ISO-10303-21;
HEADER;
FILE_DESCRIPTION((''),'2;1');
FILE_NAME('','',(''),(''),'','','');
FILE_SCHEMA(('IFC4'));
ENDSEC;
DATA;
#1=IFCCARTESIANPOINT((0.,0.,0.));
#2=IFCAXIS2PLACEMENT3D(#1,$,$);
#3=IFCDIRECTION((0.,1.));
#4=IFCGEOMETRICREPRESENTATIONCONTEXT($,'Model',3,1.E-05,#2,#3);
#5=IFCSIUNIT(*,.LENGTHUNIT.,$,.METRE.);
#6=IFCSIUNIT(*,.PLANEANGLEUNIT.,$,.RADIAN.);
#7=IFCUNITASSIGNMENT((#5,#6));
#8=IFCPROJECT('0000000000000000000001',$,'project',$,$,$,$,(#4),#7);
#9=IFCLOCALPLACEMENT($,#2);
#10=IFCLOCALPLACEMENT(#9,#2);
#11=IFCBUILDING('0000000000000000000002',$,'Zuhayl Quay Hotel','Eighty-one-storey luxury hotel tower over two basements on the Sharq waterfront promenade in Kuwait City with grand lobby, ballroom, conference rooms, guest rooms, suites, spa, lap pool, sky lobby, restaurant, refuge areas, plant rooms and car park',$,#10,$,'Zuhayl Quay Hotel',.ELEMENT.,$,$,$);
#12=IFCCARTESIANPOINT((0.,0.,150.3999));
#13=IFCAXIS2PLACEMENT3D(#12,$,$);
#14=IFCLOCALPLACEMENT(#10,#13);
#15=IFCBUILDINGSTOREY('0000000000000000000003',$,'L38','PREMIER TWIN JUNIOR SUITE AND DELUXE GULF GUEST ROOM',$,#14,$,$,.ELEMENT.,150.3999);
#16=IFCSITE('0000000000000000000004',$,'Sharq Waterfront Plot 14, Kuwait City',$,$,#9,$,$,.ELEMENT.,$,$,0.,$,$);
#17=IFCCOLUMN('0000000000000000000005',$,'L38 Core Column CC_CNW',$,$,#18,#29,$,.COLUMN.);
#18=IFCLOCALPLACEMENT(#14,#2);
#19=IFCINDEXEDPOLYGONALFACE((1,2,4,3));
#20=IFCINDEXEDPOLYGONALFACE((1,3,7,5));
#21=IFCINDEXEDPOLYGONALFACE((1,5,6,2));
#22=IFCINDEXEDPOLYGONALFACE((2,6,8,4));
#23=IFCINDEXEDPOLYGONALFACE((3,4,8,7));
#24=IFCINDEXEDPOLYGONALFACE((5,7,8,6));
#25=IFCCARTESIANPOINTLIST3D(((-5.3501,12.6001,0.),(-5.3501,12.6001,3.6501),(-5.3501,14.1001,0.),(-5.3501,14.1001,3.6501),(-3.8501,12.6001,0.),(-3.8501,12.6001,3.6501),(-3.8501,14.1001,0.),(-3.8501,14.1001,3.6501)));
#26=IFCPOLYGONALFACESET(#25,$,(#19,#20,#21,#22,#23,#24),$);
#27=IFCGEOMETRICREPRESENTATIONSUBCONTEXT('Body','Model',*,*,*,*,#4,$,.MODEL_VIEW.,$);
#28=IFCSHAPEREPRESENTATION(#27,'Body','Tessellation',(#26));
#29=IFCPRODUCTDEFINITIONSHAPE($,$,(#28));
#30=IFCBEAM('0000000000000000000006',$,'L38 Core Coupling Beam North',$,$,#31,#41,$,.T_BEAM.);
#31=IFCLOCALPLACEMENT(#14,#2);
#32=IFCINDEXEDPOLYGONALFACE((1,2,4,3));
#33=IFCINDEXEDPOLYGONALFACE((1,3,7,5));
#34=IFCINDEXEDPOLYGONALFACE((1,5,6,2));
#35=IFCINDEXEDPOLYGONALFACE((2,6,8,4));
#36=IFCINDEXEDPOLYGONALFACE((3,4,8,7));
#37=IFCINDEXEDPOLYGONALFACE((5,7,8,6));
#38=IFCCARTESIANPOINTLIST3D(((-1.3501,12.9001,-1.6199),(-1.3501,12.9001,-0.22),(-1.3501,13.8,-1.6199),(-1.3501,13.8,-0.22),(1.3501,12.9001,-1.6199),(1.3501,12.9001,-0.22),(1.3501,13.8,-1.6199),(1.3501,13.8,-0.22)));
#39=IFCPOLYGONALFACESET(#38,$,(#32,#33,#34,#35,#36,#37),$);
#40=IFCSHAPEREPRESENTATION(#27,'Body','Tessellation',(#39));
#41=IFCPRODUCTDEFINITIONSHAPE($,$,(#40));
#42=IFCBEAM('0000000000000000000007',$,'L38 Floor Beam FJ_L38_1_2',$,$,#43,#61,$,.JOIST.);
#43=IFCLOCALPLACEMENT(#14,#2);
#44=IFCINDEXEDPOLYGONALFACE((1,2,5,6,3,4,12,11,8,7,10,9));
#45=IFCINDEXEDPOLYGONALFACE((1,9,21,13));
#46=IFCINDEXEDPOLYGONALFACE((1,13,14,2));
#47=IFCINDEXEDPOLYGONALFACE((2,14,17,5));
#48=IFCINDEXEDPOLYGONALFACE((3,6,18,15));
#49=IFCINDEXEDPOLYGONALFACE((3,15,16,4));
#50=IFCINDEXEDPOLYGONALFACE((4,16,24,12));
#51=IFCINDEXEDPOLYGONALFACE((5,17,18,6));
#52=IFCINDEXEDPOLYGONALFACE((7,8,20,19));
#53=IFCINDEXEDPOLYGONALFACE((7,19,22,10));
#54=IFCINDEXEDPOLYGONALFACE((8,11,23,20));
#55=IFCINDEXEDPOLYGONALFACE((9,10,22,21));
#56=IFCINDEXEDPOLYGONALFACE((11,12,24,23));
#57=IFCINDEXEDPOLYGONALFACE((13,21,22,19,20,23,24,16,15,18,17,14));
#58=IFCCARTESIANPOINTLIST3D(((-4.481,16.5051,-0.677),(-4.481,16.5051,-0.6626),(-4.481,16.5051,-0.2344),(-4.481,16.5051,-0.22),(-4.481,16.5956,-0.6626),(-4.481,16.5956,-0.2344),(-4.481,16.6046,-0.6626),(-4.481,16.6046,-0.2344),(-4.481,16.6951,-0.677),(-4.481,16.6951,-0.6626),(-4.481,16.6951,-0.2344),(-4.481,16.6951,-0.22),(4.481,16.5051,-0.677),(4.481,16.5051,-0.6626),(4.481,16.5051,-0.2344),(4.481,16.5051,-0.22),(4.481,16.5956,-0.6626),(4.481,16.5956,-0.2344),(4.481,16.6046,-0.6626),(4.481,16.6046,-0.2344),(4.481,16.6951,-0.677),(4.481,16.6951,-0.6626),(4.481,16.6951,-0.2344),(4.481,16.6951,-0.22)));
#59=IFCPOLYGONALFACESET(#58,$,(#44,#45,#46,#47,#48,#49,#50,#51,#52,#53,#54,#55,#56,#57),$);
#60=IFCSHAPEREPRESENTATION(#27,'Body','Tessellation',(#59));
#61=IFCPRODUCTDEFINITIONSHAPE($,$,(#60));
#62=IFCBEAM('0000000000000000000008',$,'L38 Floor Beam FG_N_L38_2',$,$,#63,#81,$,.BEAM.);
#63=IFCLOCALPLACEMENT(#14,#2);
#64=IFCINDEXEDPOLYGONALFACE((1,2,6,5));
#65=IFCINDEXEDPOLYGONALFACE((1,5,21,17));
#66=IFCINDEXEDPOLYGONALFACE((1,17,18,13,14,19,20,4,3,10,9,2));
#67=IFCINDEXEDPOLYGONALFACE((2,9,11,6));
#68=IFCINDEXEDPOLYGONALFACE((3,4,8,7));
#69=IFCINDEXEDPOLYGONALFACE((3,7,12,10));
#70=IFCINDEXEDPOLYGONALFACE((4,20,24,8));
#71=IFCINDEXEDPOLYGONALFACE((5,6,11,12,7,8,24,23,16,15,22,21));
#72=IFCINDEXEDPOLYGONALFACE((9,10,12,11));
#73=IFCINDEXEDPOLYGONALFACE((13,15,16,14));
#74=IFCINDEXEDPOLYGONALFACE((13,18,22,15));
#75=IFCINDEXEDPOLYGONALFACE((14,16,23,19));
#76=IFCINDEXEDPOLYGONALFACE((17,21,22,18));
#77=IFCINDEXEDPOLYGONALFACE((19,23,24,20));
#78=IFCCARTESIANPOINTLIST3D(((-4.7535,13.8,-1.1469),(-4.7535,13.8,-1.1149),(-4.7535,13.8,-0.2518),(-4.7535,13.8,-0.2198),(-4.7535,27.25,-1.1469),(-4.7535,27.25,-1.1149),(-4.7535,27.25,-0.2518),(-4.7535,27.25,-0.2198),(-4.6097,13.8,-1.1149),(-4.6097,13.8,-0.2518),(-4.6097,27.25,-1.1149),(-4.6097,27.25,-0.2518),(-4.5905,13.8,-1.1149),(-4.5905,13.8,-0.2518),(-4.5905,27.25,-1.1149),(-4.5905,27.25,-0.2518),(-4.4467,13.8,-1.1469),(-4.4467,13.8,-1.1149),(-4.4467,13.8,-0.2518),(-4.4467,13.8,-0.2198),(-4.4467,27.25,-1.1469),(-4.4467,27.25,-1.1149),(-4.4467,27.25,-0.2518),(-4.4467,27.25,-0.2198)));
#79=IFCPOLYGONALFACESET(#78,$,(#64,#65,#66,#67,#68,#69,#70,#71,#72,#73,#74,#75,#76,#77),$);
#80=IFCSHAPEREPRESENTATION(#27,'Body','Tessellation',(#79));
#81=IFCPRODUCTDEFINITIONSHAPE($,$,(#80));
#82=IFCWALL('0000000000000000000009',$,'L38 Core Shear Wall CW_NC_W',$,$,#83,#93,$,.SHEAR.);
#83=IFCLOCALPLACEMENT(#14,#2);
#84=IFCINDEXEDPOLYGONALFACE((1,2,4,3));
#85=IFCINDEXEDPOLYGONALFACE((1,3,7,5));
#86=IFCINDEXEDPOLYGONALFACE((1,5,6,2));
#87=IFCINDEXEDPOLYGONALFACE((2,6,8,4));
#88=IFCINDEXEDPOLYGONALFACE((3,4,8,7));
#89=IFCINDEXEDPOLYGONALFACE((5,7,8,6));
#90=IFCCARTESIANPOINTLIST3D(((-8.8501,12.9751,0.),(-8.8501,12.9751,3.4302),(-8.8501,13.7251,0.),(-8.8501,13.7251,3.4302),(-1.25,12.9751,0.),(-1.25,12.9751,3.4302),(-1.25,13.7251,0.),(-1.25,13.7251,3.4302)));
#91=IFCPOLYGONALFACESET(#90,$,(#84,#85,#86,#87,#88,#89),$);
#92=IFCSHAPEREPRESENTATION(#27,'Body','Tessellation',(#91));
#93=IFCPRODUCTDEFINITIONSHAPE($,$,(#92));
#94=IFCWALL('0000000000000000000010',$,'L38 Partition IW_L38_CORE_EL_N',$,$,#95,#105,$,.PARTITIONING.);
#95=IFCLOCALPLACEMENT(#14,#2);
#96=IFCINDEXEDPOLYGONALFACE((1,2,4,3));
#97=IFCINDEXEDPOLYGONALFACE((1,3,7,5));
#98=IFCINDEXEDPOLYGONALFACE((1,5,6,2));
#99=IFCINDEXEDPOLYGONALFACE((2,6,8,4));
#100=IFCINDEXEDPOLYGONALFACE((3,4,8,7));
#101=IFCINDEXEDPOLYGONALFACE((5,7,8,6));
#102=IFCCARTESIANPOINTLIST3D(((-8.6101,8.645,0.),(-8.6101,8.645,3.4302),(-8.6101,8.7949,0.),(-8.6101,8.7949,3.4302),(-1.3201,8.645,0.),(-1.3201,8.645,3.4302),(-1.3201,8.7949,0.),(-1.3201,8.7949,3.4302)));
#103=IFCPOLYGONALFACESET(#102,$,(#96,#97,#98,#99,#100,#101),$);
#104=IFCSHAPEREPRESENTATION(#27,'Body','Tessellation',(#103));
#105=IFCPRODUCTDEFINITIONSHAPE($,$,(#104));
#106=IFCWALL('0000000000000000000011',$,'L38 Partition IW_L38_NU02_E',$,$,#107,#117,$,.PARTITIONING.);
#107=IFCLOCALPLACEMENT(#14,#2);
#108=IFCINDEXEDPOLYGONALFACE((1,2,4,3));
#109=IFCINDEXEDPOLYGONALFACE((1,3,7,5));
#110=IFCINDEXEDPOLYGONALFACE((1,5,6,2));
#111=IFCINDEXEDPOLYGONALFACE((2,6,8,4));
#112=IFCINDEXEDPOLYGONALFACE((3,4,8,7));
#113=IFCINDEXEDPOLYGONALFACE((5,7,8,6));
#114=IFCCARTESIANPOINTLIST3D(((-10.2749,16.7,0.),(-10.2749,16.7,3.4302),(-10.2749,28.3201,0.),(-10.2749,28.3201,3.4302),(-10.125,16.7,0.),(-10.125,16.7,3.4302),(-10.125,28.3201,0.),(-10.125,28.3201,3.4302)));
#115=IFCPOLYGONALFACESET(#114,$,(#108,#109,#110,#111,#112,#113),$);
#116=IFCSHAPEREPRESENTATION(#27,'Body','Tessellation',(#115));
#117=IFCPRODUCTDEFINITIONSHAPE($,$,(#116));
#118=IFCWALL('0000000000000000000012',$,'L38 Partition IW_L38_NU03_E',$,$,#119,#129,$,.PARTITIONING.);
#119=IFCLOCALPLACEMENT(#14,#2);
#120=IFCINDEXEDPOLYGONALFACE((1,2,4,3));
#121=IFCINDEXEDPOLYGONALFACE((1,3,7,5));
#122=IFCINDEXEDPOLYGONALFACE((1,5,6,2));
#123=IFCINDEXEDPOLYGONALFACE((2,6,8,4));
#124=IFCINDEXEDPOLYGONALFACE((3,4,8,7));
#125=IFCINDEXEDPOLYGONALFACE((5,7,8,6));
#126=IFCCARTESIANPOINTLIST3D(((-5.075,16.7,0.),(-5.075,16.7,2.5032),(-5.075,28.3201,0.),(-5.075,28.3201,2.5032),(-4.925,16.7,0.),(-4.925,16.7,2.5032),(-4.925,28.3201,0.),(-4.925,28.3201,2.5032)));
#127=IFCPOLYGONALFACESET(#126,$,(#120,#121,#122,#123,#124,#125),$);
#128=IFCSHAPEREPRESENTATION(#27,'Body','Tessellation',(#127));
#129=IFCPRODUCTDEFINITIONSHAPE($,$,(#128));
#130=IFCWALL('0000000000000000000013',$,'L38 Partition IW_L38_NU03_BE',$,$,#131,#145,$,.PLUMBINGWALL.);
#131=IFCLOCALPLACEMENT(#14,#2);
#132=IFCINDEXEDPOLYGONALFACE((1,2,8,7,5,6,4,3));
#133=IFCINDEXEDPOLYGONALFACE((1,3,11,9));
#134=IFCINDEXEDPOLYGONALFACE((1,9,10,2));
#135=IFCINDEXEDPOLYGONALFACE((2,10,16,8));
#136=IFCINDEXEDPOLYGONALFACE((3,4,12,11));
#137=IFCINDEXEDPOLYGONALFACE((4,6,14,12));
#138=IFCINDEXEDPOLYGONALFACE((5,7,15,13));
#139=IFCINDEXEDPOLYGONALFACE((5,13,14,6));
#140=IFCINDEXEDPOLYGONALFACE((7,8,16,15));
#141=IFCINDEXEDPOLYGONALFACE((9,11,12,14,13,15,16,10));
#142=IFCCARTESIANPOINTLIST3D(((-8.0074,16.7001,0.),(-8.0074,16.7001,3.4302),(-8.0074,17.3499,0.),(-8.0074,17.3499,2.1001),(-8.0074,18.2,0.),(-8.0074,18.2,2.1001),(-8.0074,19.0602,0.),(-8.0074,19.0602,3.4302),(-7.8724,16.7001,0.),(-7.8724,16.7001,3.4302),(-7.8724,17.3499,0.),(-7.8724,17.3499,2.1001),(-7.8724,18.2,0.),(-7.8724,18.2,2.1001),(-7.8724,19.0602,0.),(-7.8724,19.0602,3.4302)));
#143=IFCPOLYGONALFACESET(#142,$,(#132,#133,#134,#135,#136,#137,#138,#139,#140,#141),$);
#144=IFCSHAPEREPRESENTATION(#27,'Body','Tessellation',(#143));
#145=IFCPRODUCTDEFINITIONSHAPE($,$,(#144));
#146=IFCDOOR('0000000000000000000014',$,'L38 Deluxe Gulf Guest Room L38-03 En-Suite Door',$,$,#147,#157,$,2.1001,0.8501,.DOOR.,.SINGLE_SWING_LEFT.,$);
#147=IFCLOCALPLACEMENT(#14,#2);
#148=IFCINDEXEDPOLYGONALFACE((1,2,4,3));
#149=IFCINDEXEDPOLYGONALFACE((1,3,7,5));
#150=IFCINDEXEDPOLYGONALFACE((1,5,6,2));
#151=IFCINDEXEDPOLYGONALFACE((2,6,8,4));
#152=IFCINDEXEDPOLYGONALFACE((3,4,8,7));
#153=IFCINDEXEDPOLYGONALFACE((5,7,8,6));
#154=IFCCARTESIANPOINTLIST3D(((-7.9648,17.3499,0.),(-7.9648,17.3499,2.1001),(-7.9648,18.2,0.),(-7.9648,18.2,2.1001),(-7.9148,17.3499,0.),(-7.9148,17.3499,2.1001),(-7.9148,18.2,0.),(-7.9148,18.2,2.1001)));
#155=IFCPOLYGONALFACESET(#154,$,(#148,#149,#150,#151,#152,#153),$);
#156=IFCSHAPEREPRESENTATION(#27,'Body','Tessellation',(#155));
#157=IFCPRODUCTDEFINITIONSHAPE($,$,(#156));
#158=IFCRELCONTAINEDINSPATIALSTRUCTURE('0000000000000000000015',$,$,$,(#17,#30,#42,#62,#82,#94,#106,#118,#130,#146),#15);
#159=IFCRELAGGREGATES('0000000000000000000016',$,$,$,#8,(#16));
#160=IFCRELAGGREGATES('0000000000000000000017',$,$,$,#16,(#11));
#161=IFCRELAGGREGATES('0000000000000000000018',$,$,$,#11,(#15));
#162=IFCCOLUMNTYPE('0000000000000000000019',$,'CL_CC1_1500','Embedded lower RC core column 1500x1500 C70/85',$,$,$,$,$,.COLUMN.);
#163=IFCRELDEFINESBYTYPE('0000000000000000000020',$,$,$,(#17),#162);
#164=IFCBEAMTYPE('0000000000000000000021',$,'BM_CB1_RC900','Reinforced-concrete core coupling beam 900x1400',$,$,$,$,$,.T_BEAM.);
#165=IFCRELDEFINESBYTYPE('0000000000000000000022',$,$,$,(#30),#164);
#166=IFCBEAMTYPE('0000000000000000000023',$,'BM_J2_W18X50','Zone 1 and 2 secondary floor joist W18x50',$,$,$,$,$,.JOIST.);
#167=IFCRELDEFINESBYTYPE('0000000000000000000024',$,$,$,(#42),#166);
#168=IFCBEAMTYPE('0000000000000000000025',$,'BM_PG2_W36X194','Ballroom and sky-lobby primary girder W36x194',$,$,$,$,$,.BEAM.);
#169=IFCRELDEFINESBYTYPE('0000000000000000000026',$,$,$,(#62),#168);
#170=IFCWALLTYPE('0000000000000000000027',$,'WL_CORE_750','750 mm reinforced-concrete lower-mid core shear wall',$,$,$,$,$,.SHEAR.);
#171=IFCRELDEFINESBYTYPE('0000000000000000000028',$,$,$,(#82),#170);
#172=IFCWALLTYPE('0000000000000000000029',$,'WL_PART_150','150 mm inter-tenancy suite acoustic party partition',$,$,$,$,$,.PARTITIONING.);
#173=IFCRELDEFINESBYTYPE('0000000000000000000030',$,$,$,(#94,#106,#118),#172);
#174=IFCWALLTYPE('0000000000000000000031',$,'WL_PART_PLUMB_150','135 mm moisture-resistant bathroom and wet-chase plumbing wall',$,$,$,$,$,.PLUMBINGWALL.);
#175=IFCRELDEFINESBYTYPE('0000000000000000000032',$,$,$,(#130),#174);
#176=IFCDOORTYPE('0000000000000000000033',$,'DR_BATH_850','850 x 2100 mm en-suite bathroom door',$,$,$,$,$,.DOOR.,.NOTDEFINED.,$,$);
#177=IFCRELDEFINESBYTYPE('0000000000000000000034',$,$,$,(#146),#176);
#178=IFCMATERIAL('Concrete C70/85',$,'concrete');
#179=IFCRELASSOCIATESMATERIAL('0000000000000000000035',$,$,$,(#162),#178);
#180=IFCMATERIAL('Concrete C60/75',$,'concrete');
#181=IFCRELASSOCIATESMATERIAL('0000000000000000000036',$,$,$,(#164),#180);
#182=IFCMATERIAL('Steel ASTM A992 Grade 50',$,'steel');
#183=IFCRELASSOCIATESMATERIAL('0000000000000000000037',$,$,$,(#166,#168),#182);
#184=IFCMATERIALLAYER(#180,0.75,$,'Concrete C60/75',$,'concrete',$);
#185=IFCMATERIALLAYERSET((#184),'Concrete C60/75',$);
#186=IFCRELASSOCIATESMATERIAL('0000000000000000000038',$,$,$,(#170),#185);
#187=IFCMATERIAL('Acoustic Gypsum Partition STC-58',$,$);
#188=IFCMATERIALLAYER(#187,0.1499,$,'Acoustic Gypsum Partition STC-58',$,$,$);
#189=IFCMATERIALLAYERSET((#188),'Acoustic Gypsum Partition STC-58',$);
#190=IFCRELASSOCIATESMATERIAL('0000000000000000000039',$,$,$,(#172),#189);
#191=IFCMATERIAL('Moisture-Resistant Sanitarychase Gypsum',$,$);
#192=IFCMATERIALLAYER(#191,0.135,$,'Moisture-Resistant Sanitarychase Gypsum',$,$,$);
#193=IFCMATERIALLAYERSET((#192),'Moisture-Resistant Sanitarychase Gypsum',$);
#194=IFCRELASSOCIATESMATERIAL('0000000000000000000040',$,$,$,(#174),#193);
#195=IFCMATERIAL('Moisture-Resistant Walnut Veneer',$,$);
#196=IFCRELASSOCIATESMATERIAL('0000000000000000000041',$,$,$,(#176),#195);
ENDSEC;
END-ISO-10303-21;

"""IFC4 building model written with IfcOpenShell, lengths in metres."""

from ifc_helpers import new_model, si_unit, direction, frame, frame_2d, origin, origin_2d, place, context, subcontext, project, spatial, rectangle, i_section, extrude, material, layer, layer_set, material_profile, profile_set, type_object, element, fill, save


model = new_model("IFC4")

# Units and contexts
model_context = context("Model", 3, precision=1e-05, world=origin(), true_north=direction((0.0, 1.0)))
body_context = subcontext(model_context, "Body", "Model", "MODEL_VIEW")
ifc_project = project(units=[si_unit("LENGTHUNIT", "METRE"), si_unit("PLANEANGLEUNIT", "RADIAN")], contexts=[model_context])

# Site, building, storey
site_placement = place(None, origin())
site = spatial("IfcSite", under=ifc_project, at=site_placement, Name="Sharq Waterfront Plot 14, Kuwait City", CompositionType="ELEMENT", RefElevation=0.0)
building_placement = place(site_placement, origin())
building = spatial("IfcBuilding", under=site, at=building_placement, Name="Zuhayl Quay Hotel", Description="Eighty-one-storey luxury hotel tower over two basements on the Sharq waterfront promenade in Kuwait City with grand lobby, ballroom, conference rooms, guest rooms, suites, spa, lap pool, sky lobby, restaurant, refuge areas, plant rooms and car park", LongName="Zuhayl Quay Hotel", CompositionType="ELEMENT")
storey_placement = place(building_placement, frame((0.0, 0.0, 150.3999)))
storey = spatial("IfcBuildingStorey", under=building, at=storey_placement, Name="L38", Description="PREMIER TWIN JUNIOR SUITE AND DELUXE GULF GUEST ROOM", CompositionType="ELEMENT", Elevation=150.3999)

# Column
ifc_material_1 = material(Name="Concrete C70/85", Category="concrete")
ifc_material_profile_1 = material_profile(ifc_material_1, rectangle(XDim=1.5, YDim=1.5, at=origin_2d()), Name="RC1500X1500")
ifc_profile_set_1 = profile_set([ifc_material_profile_1], Name="Concrete C70/85")
column_type = type_object("IfcColumnType", Name="CL_CC1_1500", Description="Embedded lower RC core column 1500x1500 C70/85", PredefinedType="COLUMN", material=ifc_profile_set_1)
column_placement = place(storey_placement, frame((-4.6001, 13.3501, 0.0), z_axis=(0.0, 0.0, 1.0), x_axis=(1.0, 0.0, 0.0)))
element("IfcColumn", 1, at=column_placement, inside=storey, type_object=column_type, Name="L38 Core Column CC_CNW", PredefinedType="COLUMN", context=body_context, shape_type="SweptSolid", body=[
    extrude(rectangle(XDim=1.5, YDim=1.5, at=origin_2d()), origin(), (0.0, 0.0, 1.0), 3.6501),
])

# Beams
ifc_material_2 = material(Name="Concrete C60/75", Category="concrete")
ifc_material_profile_2 = material_profile(ifc_material_2, rectangle(XDim=0.8999, YDim=1.3999, at=origin_2d()), Name="RC900X1400")
ifc_profile_set_2 = profile_set([ifc_material_profile_2], Name="Concrete C60/75")
beam_type_1 = type_object("IfcBeamType", Name="BM_CB1_RC900", Description="Reinforced-concrete core coupling beam 900x1400", PredefinedType="T_BEAM", material=ifc_profile_set_2)
beam_1_placement = place(storey_placement, frame((-1.3501, 13.3501, -0.9199), z_axis=(1.0, 0.0, 0.0), x_axis=(0.0, 1.0, 0.0)))
element("IfcBeam", 2, at=beam_1_placement, inside=storey, type_object=beam_type_1, Name="L38 Core Coupling Beam North", PredefinedType="T_BEAM", context=body_context, shape_type="SweptSolid", body=[
    extrude(rectangle(XDim=0.8999, YDim=1.3999, at=origin_2d()), origin(), (0.0, 0.0, 1.0), 2.7002),
])
ifc_material_3 = material(Name="Steel ASTM A992 Grade 50", Category="steel")
ifc_material_profile_3 = material_profile(ifc_material_3, i_section(OverallWidth=0.1899, OverallDepth=0.457, WebThickness=0.009, FlangeThickness=0.0144, at=origin_2d()), Name="W18X50")
ifc_profile_set_3 = profile_set([ifc_material_profile_3], Name="Steel ASTM A992 Grade 50")
beam_type_2 = type_object("IfcBeamType", Name="BM_J2_W18X50", Description="Zone 1 and 2 secondary floor joist W18x50", PredefinedType="JOIST", material=ifc_profile_set_3)
beam_2_placement = place(storey_placement, frame((-4.481, 16.6001, -0.4485), z_axis=(1.0, 0.0, 0.0), x_axis=(0.0, 1.0, 0.0)))
element("IfcBeam", 3, at=beam_2_placement, inside=storey, type_object=beam_type_2, Name="L38 Floor Beam FJ_L38_1_2", PredefinedType="JOIST", context=body_context, shape_type="SweptSolid", body=[
    extrude(i_section(OverallWidth=0.1899, OverallDepth=0.457, WebThickness=0.009, FlangeThickness=0.0144, at=origin_2d()), origin(), (0.0, 0.0, 1.0), 8.9619),
])
ifc_material_profile_4 = material_profile(ifc_material_3, i_section(OverallWidth=0.3069, OverallDepth=0.927, WebThickness=0.0193, FlangeThickness=0.032, at=origin_2d()), Name="W36X194")
ifc_profile_set_4 = profile_set([ifc_material_profile_4], Name="Steel ASTM A992 Grade 50")
beam_type_3 = type_object("IfcBeamType", Name="BM_PG2_W36X194", Description="Ballroom and sky-lobby primary girder W36x194", PredefinedType="BEAM", material=ifc_profile_set_4)
beam_3_placement = place(storey_placement, frame((-4.6001, 13.8, -0.6833), z_axis=(0.0, 1.0, 0.0), x_axis=(-1.0, 0.0, 0.0)))
element("IfcBeam", 4, at=beam_3_placement, inside=storey, type_object=beam_type_3, Name="L38 Floor Beam FG_N_L38_2", PredefinedType="BEAM", context=body_context, shape_type="SweptSolid", body=[
    extrude(i_section(OverallWidth=0.3069, OverallDepth=0.927, WebThickness=0.0193, FlangeThickness=0.032, at=origin_2d()), origin(), (0.0, 0.0, 1.0), 13.45),
])

# Walls
ifc_layer_1 = layer(ifc_material_2, 0.75, Name="Concrete C60/75", Category="concrete")
ifc_layer_set_1 = layer_set([ifc_layer_1], Name="Concrete C60/75")
wall_type_1 = type_object("IfcWallType", Name="WL_CORE_750", Description="750 mm reinforced-concrete lower-mid core shear wall", PredefinedType="SHEAR", material=ifc_layer_set_1)
wall_1_placement = place(storey_placement, frame((-8.8501, 13.3501, 0.0), z_axis=(0.0, 0.0, 1.0), x_axis=(1.0, 0.0, 0.0)))
element("IfcWall", 5, at=wall_1_placement, inside=storey, type_object=wall_type_1, Name="L38 Core Shear Wall CW_NC_W", PredefinedType="SHEAR", context=body_context, shape_type="SweptSolid", body=[
    extrude(rectangle(XDim=7.6001, YDim=0.75, at=frame_2d((3.8, 0.0))), origin(), (0.0, 0.0, 1.0), 3.4302),
])
ifc_material_4 = material(Name="Acoustic Gypsum Partition STC-58")
ifc_layer_2 = layer(ifc_material_4, 0.1499, Name="Acoustic Gypsum Partition STC-58")
ifc_layer_set_2 = layer_set([ifc_layer_2], Name="Acoustic Gypsum Partition STC-58")
wall_type_2 = type_object("IfcWallType", Name="WL_PART_150", Description="150 mm inter-tenancy suite acoustic party partition", PredefinedType="PARTITIONING", material=ifc_layer_set_2)
wall_2_placement = place(storey_placement, frame((-8.6101, 8.72, 0.0), z_axis=(0.0, 0.0, 1.0), x_axis=(1.0, 0.0, 0.0)))
element("IfcWall", 6, at=wall_2_placement, inside=storey, type_object=wall_type_2, Name="L38 Partition IW_L38_CORE_EL_N", PredefinedType="PARTITIONING", context=body_context, shape_type="SweptSolid", body=[
    extrude(rectangle(XDim=7.29, YDim=0.1499, at=frame_2d((3.645, 0.0))), origin(), (0.0, 0.0, 1.0), 3.4302),
])
wall_3_placement = place(storey_placement, frame((-10.2, 16.7, 0.0), z_axis=(0.0, 0.0, 1.0), x_axis=(0.0, 1.0, 0.0)))
element("IfcWall", 7, at=wall_3_placement, inside=storey, type_object=wall_type_2, Name="L38 Partition IW_L38_NU02_E", PredefinedType="PARTITIONING", context=body_context, shape_type="SweptSolid", body=[
    extrude(rectangle(XDim=11.6201, YDim=0.1499, at=frame_2d((5.8101, 0.0))), origin(), (0.0, 0.0, 1.0), 3.4302),
])
wall_4_placement = place(storey_placement, frame((-5.0, 16.7, 0.0), z_axis=(0.0, 0.0, 1.0), x_axis=(0.0, 1.0, 0.0)))
element("IfcWall", 8, at=wall_4_placement, inside=storey, type_object=wall_type_2, Name="L38 Partition IW_L38_NU03_E", PredefinedType="PARTITIONING", context=body_context, shape_type="SweptSolid", body=[
    extrude(rectangle(XDim=11.6201, YDim=0.1499, at=frame_2d((5.8101, 0.0))), origin(), (0.0, 0.0, 1.0), 2.5032),
])

# Wall, opening, door
ifc_material_5 = material(Name="Moisture-Resistant Sanitarychase Gypsum")
ifc_layer_3 = layer(ifc_material_5, 0.135, Name="Moisture-Resistant Sanitarychase Gypsum")
ifc_layer_set_3 = layer_set([ifc_layer_3], Name="Moisture-Resistant Sanitarychase Gypsum")
wall_type_3 = type_object("IfcWallType", Name="WL_PART_PLUMB_150", Description="135 mm moisture-resistant bathroom and wet-chase plumbing wall", PredefinedType="PLUMBINGWALL", material=ifc_layer_set_3)
wall_5_placement = place(storey_placement, frame((-7.9399, 16.7, 0.0), z_axis=(0.0, 0.0, 1.0), x_axis=(0.0, 1.0, 0.0)))
wall_5 = element("IfcWall", 9, at=wall_5_placement, inside=storey, type_object=wall_type_3, Name="L38 Partition IW_L38_NU03_BE", PredefinedType="PLUMBINGWALL", context=body_context, shape_type="SweptSolid", body=[
    extrude(rectangle(XDim=2.3601, YDim=0.135, at=frame_2d((1.1802, 0.0))), origin(), (0.0, 0.0, 1.0), 3.4302),
])
opening_1_placement = place(wall_5_placement, frame((0.6499, 0.0, 0.0)))
opening_1 = element("IfcOpeningElement", 10, at=opening_1_placement, cuts=wall_5, PredefinedType="OPENING", context=body_context, shape_type="SweptSolid", body=[
    extrude(rectangle(XDim=0.8501, YDim=2.1001, at=frame_2d((0.425, 1.05))), frame((0.0, 0.0774, 0.0), z_axis=(0.0, -1.0, 0.0), x_axis=(1.0, 0.0, 0.0)), (0.0, 0.0, 1.0), 0.155),
])
ifc_material_6 = material(Name="Moisture-Resistant Walnut Veneer")
door_type_1 = type_object("IfcDoorType", Name="DR_BATH_850", Description="850 x 2100 mm en-suite bathroom door", OperationType="NOTDEFINED", PredefinedType="DOOR", material=ifc_material_6)
door_1_placement = place(opening_1_placement, origin())
door_1 = element("IfcDoor", 11, at=door_1_placement, inside=storey, type_object=door_type_1, Name="L38 Deluxe Gulf Guest Room L38-03 En-Suite Door", OperationType="SINGLE_SWING_LEFT", OverallHeight=2.1001, OverallWidth=0.8501, PredefinedType="DOOR", context=body_context, shape_type="SweptSolid", body=[
    extrude(rectangle(XDim=0.8501, YDim=2.1001, at=frame_2d((0.425, 1.05))), frame((0.0, 0.0249, 0.0), z_axis=(0.0, -1.0, 0.0), x_axis=(1.0, 0.0, 0.0)), (0.0, 0.0, 1.0), 0.05),
])
fill(opening_1, door_1)

save(model, "model.ifc")
